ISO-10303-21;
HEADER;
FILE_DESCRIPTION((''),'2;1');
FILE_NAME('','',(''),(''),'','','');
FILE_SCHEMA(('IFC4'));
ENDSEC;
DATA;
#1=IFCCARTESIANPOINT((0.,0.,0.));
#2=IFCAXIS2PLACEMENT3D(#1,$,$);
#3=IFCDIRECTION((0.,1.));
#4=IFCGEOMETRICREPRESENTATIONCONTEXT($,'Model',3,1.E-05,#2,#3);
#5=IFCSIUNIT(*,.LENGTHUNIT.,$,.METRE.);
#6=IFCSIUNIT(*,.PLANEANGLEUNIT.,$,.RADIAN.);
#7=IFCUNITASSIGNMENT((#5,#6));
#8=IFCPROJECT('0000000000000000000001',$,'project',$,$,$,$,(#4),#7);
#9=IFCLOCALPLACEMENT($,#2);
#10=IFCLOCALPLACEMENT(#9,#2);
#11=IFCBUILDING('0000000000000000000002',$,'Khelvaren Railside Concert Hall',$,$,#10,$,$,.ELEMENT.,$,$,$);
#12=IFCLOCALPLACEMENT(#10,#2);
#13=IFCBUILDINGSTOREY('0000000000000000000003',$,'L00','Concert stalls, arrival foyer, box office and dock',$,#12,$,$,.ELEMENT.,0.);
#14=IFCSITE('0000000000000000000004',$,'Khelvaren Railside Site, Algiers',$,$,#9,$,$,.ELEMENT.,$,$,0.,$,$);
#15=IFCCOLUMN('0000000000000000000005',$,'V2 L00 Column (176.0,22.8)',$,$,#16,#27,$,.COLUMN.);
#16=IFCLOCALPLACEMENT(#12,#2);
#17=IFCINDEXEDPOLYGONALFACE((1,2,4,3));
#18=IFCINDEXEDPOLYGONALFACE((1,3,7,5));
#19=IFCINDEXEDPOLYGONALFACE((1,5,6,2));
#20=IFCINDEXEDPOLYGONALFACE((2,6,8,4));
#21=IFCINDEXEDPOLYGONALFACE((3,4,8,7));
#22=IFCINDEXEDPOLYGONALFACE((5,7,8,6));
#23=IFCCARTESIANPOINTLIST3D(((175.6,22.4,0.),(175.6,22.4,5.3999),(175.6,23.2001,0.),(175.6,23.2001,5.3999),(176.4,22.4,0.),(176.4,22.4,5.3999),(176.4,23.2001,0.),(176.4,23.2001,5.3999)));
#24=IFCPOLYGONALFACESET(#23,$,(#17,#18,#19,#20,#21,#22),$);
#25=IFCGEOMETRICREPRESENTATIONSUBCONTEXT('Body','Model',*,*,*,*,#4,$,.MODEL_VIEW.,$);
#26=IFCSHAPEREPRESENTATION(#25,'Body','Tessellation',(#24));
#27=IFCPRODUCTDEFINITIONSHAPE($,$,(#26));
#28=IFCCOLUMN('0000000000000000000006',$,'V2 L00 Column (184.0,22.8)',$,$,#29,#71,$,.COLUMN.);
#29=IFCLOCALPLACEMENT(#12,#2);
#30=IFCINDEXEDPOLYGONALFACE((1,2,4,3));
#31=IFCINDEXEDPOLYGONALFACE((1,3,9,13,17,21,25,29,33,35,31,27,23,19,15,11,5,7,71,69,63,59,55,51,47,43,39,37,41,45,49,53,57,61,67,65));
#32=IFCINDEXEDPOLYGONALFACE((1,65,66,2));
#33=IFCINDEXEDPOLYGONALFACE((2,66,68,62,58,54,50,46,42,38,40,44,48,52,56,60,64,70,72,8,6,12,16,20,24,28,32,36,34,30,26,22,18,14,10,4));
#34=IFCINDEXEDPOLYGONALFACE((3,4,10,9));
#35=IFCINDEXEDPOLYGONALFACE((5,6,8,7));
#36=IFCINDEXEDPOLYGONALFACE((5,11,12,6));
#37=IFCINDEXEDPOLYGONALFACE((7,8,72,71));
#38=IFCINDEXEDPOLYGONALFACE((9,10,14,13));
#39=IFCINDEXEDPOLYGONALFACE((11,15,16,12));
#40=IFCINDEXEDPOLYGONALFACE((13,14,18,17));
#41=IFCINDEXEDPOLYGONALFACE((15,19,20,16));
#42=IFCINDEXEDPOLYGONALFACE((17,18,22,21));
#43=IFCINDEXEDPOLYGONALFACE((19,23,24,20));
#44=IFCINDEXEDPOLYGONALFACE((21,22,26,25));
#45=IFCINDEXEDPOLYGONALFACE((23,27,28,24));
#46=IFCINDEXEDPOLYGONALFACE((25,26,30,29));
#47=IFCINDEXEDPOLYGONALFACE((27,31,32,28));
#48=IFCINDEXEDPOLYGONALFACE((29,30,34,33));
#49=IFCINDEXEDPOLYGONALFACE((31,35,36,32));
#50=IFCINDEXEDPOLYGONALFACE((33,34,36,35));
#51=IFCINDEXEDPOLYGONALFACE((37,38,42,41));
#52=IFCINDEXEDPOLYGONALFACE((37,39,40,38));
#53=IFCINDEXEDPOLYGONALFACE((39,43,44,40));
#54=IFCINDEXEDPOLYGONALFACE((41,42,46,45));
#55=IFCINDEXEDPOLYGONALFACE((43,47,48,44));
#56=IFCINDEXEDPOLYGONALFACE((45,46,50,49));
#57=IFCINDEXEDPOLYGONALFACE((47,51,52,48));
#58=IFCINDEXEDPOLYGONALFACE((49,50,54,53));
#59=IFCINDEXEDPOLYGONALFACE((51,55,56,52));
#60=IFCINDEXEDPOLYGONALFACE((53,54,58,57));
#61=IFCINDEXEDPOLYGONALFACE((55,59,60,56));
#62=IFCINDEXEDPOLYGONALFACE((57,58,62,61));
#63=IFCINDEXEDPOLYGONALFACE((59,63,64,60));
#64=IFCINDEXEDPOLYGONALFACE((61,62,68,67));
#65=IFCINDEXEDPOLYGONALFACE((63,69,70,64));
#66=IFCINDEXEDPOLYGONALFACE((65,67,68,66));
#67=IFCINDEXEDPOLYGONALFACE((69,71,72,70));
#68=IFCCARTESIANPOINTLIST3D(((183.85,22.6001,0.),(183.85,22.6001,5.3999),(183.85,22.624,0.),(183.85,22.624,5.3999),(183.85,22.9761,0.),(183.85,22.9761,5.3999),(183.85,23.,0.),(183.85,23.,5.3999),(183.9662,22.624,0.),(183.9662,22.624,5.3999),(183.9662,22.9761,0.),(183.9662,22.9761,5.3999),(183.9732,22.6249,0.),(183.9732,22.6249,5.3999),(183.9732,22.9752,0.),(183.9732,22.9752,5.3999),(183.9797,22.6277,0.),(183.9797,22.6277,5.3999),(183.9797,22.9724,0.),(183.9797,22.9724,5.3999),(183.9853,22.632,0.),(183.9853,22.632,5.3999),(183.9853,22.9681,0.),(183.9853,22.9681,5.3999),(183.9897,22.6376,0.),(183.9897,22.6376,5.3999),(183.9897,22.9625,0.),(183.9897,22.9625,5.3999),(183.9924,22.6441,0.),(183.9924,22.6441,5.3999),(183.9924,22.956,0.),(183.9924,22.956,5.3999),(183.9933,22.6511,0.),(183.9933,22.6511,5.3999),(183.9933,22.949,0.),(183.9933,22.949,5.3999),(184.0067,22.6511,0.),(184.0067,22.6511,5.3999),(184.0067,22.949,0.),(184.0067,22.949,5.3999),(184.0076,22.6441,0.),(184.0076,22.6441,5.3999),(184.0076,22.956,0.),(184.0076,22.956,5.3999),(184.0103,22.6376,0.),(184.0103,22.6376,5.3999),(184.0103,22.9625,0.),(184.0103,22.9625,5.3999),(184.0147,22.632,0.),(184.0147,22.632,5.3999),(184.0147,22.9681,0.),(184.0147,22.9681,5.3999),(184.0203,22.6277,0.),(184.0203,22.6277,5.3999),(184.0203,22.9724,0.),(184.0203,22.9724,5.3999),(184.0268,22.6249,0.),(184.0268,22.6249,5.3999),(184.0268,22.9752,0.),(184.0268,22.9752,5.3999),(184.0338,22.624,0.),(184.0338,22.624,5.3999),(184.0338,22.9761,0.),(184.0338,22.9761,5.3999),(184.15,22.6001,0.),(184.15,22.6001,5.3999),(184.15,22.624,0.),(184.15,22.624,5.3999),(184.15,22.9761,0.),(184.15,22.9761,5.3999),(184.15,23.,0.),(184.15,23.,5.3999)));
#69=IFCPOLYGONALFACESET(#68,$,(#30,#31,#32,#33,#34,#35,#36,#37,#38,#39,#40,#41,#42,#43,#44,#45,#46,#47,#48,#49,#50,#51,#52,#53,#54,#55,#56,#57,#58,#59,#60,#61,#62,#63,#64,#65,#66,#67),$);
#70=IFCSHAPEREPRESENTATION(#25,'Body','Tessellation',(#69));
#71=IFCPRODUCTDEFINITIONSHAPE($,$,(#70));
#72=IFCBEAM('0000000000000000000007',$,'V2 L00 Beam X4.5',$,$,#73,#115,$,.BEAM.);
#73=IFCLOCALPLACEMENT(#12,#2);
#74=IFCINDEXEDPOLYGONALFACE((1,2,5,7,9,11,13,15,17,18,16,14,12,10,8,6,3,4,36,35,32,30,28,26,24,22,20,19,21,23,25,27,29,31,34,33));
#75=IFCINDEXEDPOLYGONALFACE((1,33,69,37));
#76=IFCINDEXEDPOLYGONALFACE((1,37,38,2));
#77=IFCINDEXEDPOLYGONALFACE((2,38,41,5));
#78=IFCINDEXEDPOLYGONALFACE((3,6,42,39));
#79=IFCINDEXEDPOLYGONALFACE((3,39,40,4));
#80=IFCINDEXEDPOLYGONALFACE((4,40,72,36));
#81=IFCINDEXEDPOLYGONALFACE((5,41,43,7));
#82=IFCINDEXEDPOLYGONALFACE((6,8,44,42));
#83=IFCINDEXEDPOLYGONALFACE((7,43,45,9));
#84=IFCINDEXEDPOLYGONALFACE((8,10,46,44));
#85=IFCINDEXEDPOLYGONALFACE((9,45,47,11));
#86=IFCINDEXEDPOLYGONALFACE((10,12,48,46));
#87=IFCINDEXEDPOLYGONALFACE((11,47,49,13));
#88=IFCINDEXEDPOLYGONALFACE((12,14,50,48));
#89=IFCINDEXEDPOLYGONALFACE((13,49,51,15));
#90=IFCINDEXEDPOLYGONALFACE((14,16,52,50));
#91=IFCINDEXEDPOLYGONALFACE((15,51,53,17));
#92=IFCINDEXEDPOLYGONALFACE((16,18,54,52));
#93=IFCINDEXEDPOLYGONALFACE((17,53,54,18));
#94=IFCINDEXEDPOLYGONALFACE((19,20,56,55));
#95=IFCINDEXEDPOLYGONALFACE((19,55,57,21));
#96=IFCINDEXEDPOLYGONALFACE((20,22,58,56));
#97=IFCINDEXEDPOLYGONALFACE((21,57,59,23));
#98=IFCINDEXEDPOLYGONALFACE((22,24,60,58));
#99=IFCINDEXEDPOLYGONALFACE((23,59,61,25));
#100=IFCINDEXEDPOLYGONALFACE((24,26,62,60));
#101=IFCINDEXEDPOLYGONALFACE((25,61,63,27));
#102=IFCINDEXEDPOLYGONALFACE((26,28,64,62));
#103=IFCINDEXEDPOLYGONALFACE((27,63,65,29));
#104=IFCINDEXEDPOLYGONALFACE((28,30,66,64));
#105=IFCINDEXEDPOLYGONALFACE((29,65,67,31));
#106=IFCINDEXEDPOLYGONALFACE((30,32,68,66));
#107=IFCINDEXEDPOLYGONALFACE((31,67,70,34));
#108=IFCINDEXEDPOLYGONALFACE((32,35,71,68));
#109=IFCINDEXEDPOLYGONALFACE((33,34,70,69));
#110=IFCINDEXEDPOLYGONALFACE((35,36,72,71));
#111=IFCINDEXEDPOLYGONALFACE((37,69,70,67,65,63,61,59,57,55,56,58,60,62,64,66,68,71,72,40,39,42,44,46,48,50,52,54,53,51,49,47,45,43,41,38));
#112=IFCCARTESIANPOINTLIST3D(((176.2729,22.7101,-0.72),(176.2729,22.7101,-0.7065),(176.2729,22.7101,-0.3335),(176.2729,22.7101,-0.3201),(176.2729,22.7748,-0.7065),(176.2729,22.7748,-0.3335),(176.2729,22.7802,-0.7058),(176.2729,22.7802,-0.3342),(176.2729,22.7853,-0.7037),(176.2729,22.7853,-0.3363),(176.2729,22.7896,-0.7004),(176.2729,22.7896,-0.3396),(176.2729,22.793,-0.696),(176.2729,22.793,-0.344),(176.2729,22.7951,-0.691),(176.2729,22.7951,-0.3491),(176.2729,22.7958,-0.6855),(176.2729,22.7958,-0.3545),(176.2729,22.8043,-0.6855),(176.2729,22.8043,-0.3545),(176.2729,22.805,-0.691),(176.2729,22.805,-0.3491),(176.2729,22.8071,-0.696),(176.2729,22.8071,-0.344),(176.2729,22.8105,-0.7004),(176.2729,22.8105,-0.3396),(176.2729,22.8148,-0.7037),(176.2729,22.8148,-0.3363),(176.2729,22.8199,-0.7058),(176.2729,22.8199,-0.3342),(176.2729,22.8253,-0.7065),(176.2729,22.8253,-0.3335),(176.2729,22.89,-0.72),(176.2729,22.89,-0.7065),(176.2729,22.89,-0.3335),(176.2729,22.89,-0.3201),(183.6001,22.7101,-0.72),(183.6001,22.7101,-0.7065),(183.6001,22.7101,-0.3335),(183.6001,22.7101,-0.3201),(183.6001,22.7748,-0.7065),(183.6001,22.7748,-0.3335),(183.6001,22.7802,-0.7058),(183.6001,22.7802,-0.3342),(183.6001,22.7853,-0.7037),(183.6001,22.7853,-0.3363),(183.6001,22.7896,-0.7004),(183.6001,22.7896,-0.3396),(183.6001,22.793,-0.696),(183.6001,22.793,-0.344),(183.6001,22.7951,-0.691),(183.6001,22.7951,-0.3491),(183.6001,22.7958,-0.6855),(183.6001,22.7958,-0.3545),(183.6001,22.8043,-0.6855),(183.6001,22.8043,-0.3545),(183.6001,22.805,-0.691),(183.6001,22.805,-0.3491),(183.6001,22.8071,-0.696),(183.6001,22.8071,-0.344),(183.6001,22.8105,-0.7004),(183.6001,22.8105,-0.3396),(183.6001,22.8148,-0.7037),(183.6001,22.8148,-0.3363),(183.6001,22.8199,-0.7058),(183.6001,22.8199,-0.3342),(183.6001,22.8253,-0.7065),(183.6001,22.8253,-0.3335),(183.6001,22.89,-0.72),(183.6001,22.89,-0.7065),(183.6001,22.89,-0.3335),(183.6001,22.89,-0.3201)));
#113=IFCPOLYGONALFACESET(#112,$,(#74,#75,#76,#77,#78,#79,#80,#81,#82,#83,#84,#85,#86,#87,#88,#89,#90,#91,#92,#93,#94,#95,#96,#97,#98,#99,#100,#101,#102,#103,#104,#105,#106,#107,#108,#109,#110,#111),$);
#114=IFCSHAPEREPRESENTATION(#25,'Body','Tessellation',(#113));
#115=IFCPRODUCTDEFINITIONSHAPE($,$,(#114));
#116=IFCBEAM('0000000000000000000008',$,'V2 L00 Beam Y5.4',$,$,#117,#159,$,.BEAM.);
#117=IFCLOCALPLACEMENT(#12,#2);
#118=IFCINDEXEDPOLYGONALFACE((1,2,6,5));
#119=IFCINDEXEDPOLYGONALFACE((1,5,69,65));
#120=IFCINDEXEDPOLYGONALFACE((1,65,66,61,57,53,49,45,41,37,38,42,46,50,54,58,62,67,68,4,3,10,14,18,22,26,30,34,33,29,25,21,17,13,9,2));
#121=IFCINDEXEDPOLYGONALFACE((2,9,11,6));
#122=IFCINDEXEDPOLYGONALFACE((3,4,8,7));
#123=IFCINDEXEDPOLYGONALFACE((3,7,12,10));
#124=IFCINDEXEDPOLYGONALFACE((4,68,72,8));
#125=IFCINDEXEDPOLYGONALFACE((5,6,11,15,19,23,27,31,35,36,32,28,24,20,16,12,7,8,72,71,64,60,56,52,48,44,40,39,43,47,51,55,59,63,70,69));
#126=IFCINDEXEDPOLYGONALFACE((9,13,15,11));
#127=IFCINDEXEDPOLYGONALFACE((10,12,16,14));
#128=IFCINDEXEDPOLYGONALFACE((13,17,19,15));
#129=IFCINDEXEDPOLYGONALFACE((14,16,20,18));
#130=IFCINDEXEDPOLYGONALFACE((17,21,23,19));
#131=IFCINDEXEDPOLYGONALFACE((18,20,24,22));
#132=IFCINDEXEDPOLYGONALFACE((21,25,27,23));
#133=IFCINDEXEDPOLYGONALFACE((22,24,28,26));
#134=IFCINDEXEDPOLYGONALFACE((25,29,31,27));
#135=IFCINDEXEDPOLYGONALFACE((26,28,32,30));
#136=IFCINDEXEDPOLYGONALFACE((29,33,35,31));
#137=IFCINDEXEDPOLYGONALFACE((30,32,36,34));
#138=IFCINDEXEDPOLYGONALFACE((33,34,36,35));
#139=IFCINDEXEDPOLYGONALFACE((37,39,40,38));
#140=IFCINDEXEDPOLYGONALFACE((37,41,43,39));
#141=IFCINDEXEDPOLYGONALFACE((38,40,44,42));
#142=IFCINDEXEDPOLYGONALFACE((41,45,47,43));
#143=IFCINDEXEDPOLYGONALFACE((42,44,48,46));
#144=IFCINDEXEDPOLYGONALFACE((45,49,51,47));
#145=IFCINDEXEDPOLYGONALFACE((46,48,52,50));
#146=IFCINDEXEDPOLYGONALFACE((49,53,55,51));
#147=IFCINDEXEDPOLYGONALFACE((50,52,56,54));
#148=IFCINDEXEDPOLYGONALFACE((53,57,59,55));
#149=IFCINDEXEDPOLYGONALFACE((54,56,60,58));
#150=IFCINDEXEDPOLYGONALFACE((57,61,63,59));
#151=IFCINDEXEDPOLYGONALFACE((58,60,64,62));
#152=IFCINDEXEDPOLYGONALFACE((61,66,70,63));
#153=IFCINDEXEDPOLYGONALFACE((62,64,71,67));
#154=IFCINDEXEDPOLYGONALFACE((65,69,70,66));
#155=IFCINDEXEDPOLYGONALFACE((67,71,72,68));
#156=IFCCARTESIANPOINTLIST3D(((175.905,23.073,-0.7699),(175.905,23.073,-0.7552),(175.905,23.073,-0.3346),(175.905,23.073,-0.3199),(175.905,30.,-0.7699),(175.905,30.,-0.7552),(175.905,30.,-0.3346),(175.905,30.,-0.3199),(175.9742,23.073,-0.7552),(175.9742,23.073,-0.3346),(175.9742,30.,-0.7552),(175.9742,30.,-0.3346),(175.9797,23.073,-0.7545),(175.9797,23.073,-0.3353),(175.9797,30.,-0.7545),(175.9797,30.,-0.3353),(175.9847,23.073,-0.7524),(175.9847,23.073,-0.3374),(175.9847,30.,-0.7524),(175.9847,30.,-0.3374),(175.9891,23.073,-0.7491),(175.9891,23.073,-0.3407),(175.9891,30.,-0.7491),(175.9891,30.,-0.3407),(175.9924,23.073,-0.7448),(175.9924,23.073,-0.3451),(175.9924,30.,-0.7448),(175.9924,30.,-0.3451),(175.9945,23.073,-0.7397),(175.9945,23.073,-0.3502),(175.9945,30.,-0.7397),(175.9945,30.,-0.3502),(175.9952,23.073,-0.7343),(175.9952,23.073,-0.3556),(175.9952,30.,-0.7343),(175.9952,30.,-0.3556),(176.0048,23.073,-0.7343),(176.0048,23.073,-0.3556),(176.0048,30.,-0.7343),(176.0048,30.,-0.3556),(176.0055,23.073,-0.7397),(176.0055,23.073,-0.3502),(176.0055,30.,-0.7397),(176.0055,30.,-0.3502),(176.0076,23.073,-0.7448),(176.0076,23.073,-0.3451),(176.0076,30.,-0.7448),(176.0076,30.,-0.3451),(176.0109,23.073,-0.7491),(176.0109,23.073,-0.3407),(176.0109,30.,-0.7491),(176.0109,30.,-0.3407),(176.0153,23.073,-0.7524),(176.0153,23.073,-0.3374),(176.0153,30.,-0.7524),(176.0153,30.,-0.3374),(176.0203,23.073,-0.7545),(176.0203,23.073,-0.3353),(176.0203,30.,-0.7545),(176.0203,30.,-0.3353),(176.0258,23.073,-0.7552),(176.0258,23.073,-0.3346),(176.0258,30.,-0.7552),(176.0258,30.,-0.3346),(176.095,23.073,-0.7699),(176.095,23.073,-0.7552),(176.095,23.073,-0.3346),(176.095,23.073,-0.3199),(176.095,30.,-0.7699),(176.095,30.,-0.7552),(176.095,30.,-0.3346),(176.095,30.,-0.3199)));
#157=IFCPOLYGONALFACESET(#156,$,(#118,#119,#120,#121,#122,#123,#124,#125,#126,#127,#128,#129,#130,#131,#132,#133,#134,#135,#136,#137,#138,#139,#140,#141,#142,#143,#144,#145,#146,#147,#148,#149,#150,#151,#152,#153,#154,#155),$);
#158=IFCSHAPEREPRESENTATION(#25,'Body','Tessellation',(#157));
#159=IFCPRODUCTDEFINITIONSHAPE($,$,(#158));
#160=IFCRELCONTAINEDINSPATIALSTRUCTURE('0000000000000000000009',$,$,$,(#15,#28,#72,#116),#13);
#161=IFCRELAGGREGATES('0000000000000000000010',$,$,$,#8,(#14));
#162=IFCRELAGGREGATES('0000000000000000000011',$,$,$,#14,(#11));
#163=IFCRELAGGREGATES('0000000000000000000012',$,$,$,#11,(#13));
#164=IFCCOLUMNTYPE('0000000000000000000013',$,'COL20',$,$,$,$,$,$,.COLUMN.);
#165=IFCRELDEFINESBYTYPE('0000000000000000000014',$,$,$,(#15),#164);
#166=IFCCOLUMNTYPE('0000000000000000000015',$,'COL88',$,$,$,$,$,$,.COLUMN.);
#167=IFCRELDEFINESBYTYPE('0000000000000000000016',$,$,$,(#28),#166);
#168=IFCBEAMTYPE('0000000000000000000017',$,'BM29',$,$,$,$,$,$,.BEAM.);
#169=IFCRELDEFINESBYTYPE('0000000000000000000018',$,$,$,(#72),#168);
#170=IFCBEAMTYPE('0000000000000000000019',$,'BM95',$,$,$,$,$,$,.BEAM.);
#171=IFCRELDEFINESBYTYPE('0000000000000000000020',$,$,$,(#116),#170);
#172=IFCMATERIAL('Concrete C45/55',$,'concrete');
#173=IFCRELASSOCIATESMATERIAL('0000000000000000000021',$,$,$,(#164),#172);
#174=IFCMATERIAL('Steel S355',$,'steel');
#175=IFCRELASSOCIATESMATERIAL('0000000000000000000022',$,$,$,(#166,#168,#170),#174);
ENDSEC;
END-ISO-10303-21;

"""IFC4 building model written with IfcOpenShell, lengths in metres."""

from ifc_helpers import new_model, si_unit, direction, frame, origin, origin_2d, place, context, subcontext, project, spatial, rectangle, i_section, extrude, material, material_profile, profile_set, type_object, element, save


model = new_model("IFC4")

# Units and contexts
model_context = context("Model", 3, precision=1e-05, world=origin(), true_north=direction((0.0, 1.0)))
body_context = subcontext(model_context, "Body", "Model", "MODEL_VIEW")
ifc_project = project(units=[si_unit("LENGTHUNIT", "METRE"), si_unit("PLANEANGLEUNIT", "RADIAN")], contexts=[model_context])

# Site, building, storey
site_placement = place(None, origin())
site = spatial("IfcSite", under=ifc_project, at=site_placement, Name="Khelvaren Railside Site, Algiers", CompositionType="ELEMENT", RefElevation=0.0)
building_placement = place(site_placement, origin())
building = spatial("IfcBuilding", under=site, at=building_placement, Name="Khelvaren Railside Concert Hall", CompositionType="ELEMENT")
storey_placement = place(building_placement, origin())
storey = spatial("IfcBuildingStorey", under=building, at=storey_placement, Name="L00", Description="Concert stalls, arrival foyer, box office and dock", CompositionType="ELEMENT", Elevation=0.0)

# Columns
ifc_material_1 = material(Name="Concrete C45/55", Category="concrete")
ifc_material_profile_1 = material_profile(ifc_material_1, rectangle(XDim=0.8, YDim=0.8, at=origin_2d()), Name="RC 800x800")
ifc_profile_set_1 = profile_set([ifc_material_profile_1], Name="Concrete C45/55")
column_type_1 = type_object("IfcColumnType", Name="COL20", PredefinedType="COLUMN", material=ifc_profile_set_1)
column_1_placement = place(storey_placement, frame((176.0, 22.8, 0.0), z_axis=(0.0, 0.0, 1.0), x_axis=(1.0, 0.0, 0.0)))
element("IfcColumn", 1, at=column_1_placement, inside=storey, type_object=column_type_1, Name="V2 L00 Column (176.0,22.8)", PredefinedType="COLUMN", context=body_context, shape_type="SweptSolid", body=[
    extrude(rectangle(XDim=0.8, YDim=0.8, at=origin_2d()), origin(), (0.0, 0.0, 1.0), 5.3999),
])
ifc_material_2 = material(Name="Steel S355", Category="steel")
ifc_material_profile_2 = material_profile(ifc_material_2, i_section(OverallWidth=0.3, OverallDepth=0.3999, WebThickness=0.0134, FlangeThickness=0.0239, FilletRadius=0.0271, at=origin_2d()), Name="HEB 400")
ifc_profile_set_2 = profile_set([ifc_material_profile_2], Name="Steel S355")
column_type_2 = type_object("IfcColumnType", Name="COL88", PredefinedType="COLUMN", material=ifc_profile_set_2)
column_2_placement = place(storey_placement, frame((184.0, 22.8, 0.0), z_axis=(0.0, 0.0, 1.0), x_axis=(1.0, 0.0, 0.0)))
element("IfcColumn", 2, at=column_2_placement, inside=storey, type_object=column_type_2, Name="V2 L00 Column (184.0,22.8)", PredefinedType="COLUMN", context=body_context, shape_type="SweptSolid", body=[
    extrude(i_section(OverallWidth=0.3, OverallDepth=0.3999, WebThickness=0.0134, FlangeThickness=0.0239, FilletRadius=0.0271, at=origin_2d()), origin(), (0.0, 0.0, 1.0), 5.3999),
])

# Beams
ifc_material_profile_3 = material_profile(ifc_material_2, i_section(OverallWidth=0.1799, OverallDepth=0.3999, WebThickness=0.0085, FlangeThickness=0.0134, FilletRadius=0.021, at=origin_2d()), Name="IPE 400")
ifc_profile_set_3 = profile_set([ifc_material_profile_3], Name="Steel S355")
beam_type_1 = type_object("IfcBeamType", Name="BM29", PredefinedType="BEAM", material=ifc_profile_set_3)
beam_1_placement = place(storey_placement, frame((176.2729, 22.8, -0.52), z_axis=(1.0, 0.0, 0.0), x_axis=(0.0, 1.0, 0.0)))
element("IfcBeam", 3, at=beam_1_placement, inside=storey, type_object=beam_type_1, Name="V2 L00 Beam X4.5", PredefinedType="BEAM", context=body_context, shape_type="SweptSolid", body=[
    extrude(i_section(OverallWidth=0.1799, OverallDepth=0.3999, WebThickness=0.0085, FlangeThickness=0.0134, FilletRadius=0.021, at=origin_2d()), origin(), (0.0, 0.0, 1.0), 7.3271),
])
ifc_material_profile_4 = material_profile(ifc_material_2, i_section(OverallWidth=0.1899, OverallDepth=0.45, WebThickness=0.0095, FlangeThickness=0.0146, FilletRadius=0.021, at=origin_2d()), Name="IPE 450")
ifc_profile_set_4 = profile_set([ifc_material_profile_4], Name="Steel S355")
beam_type_2 = type_object("IfcBeamType", Name="BM95", PredefinedType="BEAM", material=ifc_profile_set_4)
beam_2_placement = place(storey_placement, frame((176.0, 23.073, -0.5449), z_axis=(0.0, 1.0, 0.0), x_axis=(-1.0, 0.0, 0.0)))
element("IfcBeam", 4, at=beam_2_placement, inside=storey, type_object=beam_type_2, Name="V2 L00 Beam Y5.4", PredefinedType="BEAM", context=body_context, shape_type="SweptSolid", body=[
    extrude(i_section(OverallWidth=0.1899, OverallDepth=0.45, WebThickness=0.0095, FlangeThickness=0.0146, FilletRadius=0.021, at=origin_2d()), origin(), (0.0, 0.0, 1.0), 6.927),
])

save(model, "model.ifc")
